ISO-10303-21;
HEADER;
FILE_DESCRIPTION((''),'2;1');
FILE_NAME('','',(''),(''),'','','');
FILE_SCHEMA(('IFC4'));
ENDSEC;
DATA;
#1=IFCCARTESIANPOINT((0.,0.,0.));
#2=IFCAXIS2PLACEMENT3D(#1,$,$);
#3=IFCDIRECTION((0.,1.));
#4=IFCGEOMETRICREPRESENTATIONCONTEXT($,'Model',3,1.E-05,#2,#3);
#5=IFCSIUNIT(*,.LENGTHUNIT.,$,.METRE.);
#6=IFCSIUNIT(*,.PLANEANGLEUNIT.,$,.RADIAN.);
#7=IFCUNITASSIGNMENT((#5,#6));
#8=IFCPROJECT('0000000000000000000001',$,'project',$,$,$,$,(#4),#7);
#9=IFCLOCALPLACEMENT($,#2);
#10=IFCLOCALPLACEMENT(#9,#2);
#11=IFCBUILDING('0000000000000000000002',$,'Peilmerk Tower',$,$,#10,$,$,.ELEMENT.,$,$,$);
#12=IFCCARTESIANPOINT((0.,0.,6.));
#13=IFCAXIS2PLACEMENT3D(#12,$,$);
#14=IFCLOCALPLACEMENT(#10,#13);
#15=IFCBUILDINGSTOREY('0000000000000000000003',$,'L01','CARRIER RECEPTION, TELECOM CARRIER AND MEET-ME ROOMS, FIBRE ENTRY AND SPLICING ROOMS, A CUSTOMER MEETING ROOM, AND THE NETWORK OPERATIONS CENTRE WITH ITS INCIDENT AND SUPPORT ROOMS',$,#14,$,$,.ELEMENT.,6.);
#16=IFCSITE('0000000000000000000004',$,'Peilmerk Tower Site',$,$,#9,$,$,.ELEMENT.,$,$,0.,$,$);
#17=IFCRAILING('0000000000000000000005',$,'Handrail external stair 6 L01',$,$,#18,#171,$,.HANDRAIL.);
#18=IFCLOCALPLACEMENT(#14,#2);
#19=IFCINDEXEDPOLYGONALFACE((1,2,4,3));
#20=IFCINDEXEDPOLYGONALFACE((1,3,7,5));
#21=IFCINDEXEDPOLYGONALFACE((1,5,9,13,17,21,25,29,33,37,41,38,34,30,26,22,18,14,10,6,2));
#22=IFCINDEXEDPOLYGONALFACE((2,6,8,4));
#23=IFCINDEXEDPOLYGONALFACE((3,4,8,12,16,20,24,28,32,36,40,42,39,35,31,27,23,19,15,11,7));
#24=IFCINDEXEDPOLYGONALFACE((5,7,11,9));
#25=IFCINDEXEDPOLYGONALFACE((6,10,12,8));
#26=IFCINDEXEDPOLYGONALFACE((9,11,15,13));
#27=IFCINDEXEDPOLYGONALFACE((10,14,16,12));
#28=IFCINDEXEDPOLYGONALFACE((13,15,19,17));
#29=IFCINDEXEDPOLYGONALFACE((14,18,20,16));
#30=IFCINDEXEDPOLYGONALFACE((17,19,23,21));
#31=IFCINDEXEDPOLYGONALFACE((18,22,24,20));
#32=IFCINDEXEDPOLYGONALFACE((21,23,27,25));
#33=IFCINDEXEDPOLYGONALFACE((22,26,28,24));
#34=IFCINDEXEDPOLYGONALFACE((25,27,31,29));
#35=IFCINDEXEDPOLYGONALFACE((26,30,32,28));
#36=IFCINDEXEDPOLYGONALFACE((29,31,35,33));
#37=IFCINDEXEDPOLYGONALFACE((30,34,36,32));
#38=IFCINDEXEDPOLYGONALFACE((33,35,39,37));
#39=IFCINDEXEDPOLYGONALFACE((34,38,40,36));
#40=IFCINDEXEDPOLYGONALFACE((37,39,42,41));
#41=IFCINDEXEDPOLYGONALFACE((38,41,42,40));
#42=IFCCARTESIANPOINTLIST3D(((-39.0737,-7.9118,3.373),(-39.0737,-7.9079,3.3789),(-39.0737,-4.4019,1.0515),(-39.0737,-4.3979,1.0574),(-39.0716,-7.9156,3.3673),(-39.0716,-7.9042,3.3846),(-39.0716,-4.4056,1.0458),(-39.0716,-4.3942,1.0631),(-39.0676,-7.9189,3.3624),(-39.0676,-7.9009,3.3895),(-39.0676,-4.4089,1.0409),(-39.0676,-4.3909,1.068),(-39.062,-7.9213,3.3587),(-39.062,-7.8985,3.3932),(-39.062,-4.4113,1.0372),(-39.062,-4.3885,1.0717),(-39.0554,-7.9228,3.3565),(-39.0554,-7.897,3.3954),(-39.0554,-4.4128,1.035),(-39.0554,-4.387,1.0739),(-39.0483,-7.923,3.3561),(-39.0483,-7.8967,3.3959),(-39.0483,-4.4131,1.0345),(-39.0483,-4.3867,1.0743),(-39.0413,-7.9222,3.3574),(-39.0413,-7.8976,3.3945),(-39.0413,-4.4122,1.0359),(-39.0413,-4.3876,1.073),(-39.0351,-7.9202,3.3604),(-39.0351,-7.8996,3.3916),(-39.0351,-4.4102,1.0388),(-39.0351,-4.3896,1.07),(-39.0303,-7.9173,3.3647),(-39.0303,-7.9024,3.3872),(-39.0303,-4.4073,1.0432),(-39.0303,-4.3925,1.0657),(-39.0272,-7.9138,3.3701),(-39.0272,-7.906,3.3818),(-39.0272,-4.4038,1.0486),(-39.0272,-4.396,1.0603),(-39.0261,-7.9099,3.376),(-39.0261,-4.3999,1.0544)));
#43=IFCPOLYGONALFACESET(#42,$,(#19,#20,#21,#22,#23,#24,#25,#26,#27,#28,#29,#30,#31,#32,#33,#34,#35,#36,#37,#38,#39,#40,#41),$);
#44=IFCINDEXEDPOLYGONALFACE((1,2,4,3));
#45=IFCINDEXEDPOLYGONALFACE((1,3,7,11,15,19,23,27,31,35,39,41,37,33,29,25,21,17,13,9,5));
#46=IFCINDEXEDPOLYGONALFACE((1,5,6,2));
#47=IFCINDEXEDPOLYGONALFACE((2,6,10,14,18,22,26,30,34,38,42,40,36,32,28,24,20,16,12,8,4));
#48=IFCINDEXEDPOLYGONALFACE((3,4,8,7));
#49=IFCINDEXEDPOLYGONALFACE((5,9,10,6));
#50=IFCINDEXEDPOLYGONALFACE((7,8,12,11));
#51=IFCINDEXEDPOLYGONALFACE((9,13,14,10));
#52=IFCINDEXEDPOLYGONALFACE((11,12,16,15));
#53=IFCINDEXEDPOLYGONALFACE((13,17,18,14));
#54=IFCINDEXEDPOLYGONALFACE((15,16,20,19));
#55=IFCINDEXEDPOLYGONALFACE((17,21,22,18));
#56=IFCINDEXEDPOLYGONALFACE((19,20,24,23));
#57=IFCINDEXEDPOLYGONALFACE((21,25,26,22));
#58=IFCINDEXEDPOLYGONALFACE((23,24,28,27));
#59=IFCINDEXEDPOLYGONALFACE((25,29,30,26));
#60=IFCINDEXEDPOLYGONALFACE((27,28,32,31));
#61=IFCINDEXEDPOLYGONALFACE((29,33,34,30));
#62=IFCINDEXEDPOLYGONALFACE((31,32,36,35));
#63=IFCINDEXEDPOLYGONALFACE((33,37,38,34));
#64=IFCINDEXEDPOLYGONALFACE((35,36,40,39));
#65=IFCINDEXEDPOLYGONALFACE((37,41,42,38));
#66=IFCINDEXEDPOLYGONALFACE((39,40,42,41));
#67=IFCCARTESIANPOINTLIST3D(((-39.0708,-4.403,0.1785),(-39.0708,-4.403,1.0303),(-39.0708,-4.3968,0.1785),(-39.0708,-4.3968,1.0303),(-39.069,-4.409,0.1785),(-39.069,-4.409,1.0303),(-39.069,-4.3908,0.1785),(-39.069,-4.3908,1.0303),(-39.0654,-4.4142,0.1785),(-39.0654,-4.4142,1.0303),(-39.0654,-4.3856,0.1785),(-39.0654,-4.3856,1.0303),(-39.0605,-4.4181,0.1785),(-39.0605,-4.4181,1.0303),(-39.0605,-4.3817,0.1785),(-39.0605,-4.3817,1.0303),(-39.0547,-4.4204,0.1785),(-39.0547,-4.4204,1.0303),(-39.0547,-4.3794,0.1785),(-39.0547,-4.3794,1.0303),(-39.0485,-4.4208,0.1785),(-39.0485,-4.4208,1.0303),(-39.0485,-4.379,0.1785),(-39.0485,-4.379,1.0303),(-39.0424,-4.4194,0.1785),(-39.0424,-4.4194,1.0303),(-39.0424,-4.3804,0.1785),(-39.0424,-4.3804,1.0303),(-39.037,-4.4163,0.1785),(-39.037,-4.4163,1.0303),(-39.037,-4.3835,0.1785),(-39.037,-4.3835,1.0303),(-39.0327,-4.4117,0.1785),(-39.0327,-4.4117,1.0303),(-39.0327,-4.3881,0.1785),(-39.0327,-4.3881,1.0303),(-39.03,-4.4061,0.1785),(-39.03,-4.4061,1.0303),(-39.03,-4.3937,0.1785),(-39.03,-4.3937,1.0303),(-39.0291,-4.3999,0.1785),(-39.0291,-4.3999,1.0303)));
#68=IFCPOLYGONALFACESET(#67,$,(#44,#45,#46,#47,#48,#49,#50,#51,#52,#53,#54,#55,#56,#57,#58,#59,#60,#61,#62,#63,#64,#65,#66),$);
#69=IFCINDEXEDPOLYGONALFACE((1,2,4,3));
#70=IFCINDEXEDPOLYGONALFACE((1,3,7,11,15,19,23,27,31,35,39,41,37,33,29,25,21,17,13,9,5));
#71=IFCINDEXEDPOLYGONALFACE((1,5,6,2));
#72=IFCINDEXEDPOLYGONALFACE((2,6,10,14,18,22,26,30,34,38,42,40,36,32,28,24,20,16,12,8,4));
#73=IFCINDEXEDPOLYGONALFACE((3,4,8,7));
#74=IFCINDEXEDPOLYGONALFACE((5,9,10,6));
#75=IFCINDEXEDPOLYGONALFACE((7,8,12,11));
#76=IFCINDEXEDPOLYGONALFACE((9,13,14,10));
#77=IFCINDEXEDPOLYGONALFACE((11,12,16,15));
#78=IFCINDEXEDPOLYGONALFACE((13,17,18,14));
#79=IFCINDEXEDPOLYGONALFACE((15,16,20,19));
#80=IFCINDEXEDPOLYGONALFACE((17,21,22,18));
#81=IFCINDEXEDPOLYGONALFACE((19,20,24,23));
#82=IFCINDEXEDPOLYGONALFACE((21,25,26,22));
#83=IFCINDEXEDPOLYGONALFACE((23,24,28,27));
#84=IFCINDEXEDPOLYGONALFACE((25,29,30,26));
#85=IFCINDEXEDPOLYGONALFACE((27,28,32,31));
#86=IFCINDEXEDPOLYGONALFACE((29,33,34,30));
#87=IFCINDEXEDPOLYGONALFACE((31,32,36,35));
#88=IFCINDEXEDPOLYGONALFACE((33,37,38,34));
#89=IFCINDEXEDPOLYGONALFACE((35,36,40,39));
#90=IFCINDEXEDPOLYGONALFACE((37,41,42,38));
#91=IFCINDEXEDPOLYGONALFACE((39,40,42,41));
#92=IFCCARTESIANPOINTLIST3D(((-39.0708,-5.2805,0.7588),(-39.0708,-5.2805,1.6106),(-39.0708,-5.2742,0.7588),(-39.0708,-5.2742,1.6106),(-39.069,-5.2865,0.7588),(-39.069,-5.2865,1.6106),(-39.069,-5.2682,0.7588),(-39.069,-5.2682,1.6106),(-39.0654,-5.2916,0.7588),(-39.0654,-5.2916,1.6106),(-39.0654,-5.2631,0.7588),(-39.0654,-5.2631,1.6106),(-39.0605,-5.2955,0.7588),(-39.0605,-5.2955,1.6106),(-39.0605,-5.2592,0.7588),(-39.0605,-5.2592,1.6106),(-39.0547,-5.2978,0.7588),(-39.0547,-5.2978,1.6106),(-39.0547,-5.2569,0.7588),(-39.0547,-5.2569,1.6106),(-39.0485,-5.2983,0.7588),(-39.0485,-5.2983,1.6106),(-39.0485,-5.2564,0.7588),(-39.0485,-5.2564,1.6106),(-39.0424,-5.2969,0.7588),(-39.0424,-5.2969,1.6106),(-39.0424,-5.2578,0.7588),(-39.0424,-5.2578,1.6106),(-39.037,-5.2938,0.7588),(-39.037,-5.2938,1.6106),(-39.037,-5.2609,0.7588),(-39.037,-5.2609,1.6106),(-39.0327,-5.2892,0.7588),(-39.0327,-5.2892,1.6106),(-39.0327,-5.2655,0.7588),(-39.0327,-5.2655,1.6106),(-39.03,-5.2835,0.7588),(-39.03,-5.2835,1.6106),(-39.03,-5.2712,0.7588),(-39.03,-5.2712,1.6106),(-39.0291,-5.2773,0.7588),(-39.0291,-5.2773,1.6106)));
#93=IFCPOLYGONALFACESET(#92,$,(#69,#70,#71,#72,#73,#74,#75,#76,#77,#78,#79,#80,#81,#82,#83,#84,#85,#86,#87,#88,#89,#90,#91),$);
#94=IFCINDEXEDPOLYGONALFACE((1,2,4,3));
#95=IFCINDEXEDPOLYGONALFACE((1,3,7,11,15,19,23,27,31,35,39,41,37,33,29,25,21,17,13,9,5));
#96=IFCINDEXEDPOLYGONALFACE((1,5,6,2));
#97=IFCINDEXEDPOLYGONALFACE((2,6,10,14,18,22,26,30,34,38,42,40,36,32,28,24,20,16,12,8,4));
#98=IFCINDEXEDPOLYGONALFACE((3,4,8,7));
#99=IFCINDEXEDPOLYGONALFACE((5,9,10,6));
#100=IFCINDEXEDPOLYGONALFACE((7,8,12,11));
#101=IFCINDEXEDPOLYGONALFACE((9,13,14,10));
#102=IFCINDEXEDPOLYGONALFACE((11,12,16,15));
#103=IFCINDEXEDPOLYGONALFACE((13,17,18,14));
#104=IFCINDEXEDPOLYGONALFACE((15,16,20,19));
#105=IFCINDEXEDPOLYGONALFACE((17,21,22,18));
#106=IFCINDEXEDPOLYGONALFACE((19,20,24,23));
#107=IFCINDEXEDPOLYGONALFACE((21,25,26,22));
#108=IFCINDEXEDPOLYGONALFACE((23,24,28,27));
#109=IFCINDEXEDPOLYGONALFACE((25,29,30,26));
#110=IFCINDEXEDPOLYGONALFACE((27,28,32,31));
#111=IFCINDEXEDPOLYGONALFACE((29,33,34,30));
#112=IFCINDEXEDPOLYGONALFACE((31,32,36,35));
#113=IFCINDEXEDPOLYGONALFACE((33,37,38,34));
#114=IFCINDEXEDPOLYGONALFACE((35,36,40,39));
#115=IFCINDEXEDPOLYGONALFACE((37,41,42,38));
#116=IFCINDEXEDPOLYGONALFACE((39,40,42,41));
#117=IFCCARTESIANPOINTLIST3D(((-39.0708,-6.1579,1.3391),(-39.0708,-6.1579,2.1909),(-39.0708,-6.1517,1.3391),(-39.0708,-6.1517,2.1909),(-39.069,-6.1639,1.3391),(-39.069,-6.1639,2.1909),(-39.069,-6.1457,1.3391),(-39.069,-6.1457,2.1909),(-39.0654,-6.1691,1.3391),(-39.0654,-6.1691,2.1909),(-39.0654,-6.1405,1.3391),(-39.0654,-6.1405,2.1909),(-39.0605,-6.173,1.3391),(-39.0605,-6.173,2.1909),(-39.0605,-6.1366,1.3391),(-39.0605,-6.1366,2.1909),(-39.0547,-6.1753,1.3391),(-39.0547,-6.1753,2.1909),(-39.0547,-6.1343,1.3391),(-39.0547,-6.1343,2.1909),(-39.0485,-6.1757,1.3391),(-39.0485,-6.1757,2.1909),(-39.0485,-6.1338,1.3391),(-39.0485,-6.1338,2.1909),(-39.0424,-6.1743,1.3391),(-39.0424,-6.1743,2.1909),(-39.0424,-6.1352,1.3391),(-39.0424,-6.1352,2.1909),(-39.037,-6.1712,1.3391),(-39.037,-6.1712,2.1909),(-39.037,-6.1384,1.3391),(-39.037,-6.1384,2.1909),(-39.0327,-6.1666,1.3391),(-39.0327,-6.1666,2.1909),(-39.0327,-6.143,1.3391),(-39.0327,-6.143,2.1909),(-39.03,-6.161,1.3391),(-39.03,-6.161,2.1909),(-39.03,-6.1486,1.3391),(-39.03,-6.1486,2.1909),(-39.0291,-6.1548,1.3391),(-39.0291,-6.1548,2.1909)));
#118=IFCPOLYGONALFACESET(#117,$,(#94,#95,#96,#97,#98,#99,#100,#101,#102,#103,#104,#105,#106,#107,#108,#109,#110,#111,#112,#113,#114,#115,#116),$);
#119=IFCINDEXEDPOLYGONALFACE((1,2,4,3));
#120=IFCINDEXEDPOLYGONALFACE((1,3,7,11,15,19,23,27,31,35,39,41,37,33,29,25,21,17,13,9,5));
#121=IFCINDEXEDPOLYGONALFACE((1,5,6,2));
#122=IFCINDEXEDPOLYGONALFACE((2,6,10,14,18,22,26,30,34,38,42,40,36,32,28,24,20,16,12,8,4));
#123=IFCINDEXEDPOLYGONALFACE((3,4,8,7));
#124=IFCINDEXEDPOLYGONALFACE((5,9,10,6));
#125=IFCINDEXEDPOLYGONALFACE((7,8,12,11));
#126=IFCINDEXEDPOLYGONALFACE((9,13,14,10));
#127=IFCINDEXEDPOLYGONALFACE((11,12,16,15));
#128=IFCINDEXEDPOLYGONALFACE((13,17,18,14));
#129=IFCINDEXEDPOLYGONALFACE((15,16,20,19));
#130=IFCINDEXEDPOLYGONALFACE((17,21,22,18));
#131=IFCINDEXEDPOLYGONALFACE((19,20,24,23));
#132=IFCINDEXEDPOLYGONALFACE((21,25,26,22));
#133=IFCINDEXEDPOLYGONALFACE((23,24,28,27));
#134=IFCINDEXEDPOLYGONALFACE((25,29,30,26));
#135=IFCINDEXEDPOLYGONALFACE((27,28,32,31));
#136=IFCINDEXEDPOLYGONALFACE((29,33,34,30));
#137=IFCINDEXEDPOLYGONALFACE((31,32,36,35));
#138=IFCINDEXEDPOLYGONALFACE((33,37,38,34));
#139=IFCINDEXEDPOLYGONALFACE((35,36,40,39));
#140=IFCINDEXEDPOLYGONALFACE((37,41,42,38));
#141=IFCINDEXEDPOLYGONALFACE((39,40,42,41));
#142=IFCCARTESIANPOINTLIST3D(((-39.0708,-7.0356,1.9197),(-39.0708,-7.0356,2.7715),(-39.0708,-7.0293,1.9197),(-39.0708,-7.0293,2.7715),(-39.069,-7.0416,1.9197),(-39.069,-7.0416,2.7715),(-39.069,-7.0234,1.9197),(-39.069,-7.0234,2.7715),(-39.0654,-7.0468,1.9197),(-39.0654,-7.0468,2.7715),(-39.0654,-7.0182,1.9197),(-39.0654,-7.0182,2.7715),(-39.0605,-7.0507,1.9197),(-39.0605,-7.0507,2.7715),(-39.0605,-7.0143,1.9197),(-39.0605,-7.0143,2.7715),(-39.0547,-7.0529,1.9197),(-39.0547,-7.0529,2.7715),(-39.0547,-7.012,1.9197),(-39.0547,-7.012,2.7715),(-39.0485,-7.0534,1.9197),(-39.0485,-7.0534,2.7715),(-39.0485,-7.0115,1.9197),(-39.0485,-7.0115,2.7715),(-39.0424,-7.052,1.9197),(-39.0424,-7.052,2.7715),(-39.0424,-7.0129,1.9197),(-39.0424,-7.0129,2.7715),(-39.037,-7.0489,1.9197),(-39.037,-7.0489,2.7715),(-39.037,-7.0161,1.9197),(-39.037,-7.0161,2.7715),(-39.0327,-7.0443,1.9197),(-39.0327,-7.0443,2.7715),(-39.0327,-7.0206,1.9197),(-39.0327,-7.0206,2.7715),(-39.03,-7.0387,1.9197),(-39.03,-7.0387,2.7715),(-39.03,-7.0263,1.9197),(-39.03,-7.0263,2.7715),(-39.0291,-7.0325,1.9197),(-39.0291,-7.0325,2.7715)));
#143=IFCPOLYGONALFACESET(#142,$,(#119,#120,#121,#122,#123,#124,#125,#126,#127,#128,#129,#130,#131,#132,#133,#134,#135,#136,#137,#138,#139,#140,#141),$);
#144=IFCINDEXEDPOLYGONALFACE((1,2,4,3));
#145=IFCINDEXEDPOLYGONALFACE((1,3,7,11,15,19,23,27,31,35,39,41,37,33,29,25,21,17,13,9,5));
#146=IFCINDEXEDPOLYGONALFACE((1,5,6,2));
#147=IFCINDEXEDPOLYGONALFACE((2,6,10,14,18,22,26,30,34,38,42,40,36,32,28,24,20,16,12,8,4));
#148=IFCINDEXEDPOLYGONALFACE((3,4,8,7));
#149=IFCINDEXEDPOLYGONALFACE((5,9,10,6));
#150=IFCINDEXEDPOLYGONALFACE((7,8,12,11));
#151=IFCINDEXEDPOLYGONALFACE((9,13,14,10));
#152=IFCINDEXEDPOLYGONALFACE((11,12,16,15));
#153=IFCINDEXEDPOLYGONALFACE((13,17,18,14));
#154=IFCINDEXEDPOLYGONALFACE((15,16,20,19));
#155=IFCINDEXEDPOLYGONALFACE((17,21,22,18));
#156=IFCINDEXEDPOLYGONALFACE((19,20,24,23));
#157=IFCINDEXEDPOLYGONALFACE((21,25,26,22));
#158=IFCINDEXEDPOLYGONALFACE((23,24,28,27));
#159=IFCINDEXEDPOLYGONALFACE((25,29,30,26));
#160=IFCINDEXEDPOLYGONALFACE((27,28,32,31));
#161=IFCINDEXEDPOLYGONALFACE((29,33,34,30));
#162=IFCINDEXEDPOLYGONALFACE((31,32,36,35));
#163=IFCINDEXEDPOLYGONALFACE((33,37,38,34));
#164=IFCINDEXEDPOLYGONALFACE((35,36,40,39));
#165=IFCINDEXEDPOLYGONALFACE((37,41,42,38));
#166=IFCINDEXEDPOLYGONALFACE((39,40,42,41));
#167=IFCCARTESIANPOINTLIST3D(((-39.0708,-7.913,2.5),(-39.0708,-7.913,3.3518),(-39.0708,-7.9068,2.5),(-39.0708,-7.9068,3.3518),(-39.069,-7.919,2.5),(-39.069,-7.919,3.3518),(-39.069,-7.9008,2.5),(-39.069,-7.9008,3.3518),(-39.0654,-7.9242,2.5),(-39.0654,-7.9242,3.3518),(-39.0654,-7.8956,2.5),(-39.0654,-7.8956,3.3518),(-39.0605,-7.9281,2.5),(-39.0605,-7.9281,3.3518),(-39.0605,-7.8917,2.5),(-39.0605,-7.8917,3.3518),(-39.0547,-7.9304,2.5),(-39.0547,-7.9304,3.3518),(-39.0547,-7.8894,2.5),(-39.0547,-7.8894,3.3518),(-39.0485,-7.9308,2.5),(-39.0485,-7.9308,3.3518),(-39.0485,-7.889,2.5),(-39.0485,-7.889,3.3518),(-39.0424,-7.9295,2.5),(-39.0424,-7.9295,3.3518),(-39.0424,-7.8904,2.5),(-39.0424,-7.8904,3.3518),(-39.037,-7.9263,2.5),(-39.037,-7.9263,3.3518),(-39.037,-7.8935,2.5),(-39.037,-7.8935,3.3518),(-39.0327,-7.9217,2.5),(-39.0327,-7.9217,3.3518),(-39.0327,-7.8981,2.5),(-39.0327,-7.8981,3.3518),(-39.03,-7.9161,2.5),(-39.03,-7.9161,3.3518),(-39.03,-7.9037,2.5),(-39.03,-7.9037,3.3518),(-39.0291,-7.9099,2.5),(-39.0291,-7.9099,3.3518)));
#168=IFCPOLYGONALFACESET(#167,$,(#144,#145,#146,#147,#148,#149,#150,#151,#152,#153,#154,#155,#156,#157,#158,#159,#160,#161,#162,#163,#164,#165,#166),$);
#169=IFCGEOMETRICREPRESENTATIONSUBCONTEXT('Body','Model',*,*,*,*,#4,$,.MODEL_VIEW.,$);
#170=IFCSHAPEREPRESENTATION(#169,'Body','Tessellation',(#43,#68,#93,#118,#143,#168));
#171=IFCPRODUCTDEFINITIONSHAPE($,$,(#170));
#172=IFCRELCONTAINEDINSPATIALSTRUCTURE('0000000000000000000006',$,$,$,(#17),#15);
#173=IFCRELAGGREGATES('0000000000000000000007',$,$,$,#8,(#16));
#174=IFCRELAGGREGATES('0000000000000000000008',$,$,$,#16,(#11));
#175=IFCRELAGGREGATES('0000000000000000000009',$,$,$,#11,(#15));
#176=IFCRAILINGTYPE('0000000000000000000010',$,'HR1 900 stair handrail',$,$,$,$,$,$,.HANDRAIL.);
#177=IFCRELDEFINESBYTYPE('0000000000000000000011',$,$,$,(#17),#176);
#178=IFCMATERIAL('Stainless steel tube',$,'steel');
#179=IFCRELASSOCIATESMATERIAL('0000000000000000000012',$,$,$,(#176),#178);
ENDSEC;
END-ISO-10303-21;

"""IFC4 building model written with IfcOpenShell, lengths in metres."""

from ifc_helpers import new_model, si_unit, direction, frame, origin, origin_2d, place, context, subcontext, project, spatial, circle, extrude, material, type_object, element, save


model = new_model("IFC4")

# Units and contexts
model_context = context("Model", 3, precision=1e-05, world=origin(), true_north=direction((0.0, 1.0)))
body_context = subcontext(model_context, "Body", "Model", "MODEL_VIEW")
ifc_project = project(units=[si_unit("LENGTHUNIT", "METRE"), si_unit("PLANEANGLEUNIT", "RADIAN")], contexts=[model_context])

# Site, building, storey
site_placement = place(None, origin())
site = spatial("IfcSite", under=ifc_project, at=site_placement, Name="Peilmerk Tower Site", CompositionType="ELEMENT", RefElevation=0.0)
building_placement = place(site_placement, origin())
building = spatial("IfcBuilding", under=site, at=building_placement, Name="Peilmerk Tower", CompositionType="ELEMENT")
storey_placement = place(building_placement, frame((0.0, 0.0, 6.0)))
storey = spatial("IfcBuildingStorey", under=building, at=storey_placement, Name="L01", Description="CARRIER RECEPTION, TELECOM CARRIER AND MEET-ME ROOMS, FIBRE ENTRY AND SPLICING ROOMS, A CUSTOMER MEETING ROOM, AND THE NETWORK OPERATIONS CENTRE WITH ITS INCIDENT AND SUPPORT ROOMS", CompositionType="ELEMENT", Elevation=6.0)

# Railing
ifc_material_1 = material(Name="Stainless steel tube", Category="steel")
railing_type_1 = type_object("IfcRailingType", Name="HR1 900 stair handrail", PredefinedType="HANDRAIL", material=ifc_material_1)
for number, where, name in (
    (1, (-39.05, -4.3999, 0.1785), "Handrail external stair 6 L01"),
):
    element("IfcRailing", number, at=place(storey_placement, frame(where)), inside=storey, type_object=railing_type_1, Name=name, PredefinedType="HANDRAIL", context=body_context, shape_type="SweptSolid", body=[
        extrude(circle(Radius=0.0239, at=origin_2d()), frame((0.0, 0.0, 0.876), z_axis=(0.0, -0.834071, 0.551657), x_axis=(1.0, 0.0, 0.0)), (0.0, 0.0, 1.0), 4.2083),
        extrude(circle(Radius=0.021, at=origin_2d()), origin(), (0.0, 0.0, 1.0), 0.8518),
        extrude(circle(Radius=0.021, at=origin_2d()), frame((0.0, -0.8774, 0.5803)), (0.0, 0.0, 1.0), 0.8518),
        extrude(circle(Radius=0.021, at=origin_2d()), frame((0.0, -1.7549, 1.1606)), (0.0, 0.0, 1.0), 0.8518),
        extrude(circle(Radius=0.021, at=origin_2d()), frame((0.0, -2.6326, 1.7412)), (0.0, 0.0, 1.0), 0.8518),
        extrude(circle(Radius=0.021, at=origin_2d()), frame((0.0, -3.51, 2.3215)), (0.0, 0.0, 1.0), 0.8518),
    ])

save(model, "model.ifc")
